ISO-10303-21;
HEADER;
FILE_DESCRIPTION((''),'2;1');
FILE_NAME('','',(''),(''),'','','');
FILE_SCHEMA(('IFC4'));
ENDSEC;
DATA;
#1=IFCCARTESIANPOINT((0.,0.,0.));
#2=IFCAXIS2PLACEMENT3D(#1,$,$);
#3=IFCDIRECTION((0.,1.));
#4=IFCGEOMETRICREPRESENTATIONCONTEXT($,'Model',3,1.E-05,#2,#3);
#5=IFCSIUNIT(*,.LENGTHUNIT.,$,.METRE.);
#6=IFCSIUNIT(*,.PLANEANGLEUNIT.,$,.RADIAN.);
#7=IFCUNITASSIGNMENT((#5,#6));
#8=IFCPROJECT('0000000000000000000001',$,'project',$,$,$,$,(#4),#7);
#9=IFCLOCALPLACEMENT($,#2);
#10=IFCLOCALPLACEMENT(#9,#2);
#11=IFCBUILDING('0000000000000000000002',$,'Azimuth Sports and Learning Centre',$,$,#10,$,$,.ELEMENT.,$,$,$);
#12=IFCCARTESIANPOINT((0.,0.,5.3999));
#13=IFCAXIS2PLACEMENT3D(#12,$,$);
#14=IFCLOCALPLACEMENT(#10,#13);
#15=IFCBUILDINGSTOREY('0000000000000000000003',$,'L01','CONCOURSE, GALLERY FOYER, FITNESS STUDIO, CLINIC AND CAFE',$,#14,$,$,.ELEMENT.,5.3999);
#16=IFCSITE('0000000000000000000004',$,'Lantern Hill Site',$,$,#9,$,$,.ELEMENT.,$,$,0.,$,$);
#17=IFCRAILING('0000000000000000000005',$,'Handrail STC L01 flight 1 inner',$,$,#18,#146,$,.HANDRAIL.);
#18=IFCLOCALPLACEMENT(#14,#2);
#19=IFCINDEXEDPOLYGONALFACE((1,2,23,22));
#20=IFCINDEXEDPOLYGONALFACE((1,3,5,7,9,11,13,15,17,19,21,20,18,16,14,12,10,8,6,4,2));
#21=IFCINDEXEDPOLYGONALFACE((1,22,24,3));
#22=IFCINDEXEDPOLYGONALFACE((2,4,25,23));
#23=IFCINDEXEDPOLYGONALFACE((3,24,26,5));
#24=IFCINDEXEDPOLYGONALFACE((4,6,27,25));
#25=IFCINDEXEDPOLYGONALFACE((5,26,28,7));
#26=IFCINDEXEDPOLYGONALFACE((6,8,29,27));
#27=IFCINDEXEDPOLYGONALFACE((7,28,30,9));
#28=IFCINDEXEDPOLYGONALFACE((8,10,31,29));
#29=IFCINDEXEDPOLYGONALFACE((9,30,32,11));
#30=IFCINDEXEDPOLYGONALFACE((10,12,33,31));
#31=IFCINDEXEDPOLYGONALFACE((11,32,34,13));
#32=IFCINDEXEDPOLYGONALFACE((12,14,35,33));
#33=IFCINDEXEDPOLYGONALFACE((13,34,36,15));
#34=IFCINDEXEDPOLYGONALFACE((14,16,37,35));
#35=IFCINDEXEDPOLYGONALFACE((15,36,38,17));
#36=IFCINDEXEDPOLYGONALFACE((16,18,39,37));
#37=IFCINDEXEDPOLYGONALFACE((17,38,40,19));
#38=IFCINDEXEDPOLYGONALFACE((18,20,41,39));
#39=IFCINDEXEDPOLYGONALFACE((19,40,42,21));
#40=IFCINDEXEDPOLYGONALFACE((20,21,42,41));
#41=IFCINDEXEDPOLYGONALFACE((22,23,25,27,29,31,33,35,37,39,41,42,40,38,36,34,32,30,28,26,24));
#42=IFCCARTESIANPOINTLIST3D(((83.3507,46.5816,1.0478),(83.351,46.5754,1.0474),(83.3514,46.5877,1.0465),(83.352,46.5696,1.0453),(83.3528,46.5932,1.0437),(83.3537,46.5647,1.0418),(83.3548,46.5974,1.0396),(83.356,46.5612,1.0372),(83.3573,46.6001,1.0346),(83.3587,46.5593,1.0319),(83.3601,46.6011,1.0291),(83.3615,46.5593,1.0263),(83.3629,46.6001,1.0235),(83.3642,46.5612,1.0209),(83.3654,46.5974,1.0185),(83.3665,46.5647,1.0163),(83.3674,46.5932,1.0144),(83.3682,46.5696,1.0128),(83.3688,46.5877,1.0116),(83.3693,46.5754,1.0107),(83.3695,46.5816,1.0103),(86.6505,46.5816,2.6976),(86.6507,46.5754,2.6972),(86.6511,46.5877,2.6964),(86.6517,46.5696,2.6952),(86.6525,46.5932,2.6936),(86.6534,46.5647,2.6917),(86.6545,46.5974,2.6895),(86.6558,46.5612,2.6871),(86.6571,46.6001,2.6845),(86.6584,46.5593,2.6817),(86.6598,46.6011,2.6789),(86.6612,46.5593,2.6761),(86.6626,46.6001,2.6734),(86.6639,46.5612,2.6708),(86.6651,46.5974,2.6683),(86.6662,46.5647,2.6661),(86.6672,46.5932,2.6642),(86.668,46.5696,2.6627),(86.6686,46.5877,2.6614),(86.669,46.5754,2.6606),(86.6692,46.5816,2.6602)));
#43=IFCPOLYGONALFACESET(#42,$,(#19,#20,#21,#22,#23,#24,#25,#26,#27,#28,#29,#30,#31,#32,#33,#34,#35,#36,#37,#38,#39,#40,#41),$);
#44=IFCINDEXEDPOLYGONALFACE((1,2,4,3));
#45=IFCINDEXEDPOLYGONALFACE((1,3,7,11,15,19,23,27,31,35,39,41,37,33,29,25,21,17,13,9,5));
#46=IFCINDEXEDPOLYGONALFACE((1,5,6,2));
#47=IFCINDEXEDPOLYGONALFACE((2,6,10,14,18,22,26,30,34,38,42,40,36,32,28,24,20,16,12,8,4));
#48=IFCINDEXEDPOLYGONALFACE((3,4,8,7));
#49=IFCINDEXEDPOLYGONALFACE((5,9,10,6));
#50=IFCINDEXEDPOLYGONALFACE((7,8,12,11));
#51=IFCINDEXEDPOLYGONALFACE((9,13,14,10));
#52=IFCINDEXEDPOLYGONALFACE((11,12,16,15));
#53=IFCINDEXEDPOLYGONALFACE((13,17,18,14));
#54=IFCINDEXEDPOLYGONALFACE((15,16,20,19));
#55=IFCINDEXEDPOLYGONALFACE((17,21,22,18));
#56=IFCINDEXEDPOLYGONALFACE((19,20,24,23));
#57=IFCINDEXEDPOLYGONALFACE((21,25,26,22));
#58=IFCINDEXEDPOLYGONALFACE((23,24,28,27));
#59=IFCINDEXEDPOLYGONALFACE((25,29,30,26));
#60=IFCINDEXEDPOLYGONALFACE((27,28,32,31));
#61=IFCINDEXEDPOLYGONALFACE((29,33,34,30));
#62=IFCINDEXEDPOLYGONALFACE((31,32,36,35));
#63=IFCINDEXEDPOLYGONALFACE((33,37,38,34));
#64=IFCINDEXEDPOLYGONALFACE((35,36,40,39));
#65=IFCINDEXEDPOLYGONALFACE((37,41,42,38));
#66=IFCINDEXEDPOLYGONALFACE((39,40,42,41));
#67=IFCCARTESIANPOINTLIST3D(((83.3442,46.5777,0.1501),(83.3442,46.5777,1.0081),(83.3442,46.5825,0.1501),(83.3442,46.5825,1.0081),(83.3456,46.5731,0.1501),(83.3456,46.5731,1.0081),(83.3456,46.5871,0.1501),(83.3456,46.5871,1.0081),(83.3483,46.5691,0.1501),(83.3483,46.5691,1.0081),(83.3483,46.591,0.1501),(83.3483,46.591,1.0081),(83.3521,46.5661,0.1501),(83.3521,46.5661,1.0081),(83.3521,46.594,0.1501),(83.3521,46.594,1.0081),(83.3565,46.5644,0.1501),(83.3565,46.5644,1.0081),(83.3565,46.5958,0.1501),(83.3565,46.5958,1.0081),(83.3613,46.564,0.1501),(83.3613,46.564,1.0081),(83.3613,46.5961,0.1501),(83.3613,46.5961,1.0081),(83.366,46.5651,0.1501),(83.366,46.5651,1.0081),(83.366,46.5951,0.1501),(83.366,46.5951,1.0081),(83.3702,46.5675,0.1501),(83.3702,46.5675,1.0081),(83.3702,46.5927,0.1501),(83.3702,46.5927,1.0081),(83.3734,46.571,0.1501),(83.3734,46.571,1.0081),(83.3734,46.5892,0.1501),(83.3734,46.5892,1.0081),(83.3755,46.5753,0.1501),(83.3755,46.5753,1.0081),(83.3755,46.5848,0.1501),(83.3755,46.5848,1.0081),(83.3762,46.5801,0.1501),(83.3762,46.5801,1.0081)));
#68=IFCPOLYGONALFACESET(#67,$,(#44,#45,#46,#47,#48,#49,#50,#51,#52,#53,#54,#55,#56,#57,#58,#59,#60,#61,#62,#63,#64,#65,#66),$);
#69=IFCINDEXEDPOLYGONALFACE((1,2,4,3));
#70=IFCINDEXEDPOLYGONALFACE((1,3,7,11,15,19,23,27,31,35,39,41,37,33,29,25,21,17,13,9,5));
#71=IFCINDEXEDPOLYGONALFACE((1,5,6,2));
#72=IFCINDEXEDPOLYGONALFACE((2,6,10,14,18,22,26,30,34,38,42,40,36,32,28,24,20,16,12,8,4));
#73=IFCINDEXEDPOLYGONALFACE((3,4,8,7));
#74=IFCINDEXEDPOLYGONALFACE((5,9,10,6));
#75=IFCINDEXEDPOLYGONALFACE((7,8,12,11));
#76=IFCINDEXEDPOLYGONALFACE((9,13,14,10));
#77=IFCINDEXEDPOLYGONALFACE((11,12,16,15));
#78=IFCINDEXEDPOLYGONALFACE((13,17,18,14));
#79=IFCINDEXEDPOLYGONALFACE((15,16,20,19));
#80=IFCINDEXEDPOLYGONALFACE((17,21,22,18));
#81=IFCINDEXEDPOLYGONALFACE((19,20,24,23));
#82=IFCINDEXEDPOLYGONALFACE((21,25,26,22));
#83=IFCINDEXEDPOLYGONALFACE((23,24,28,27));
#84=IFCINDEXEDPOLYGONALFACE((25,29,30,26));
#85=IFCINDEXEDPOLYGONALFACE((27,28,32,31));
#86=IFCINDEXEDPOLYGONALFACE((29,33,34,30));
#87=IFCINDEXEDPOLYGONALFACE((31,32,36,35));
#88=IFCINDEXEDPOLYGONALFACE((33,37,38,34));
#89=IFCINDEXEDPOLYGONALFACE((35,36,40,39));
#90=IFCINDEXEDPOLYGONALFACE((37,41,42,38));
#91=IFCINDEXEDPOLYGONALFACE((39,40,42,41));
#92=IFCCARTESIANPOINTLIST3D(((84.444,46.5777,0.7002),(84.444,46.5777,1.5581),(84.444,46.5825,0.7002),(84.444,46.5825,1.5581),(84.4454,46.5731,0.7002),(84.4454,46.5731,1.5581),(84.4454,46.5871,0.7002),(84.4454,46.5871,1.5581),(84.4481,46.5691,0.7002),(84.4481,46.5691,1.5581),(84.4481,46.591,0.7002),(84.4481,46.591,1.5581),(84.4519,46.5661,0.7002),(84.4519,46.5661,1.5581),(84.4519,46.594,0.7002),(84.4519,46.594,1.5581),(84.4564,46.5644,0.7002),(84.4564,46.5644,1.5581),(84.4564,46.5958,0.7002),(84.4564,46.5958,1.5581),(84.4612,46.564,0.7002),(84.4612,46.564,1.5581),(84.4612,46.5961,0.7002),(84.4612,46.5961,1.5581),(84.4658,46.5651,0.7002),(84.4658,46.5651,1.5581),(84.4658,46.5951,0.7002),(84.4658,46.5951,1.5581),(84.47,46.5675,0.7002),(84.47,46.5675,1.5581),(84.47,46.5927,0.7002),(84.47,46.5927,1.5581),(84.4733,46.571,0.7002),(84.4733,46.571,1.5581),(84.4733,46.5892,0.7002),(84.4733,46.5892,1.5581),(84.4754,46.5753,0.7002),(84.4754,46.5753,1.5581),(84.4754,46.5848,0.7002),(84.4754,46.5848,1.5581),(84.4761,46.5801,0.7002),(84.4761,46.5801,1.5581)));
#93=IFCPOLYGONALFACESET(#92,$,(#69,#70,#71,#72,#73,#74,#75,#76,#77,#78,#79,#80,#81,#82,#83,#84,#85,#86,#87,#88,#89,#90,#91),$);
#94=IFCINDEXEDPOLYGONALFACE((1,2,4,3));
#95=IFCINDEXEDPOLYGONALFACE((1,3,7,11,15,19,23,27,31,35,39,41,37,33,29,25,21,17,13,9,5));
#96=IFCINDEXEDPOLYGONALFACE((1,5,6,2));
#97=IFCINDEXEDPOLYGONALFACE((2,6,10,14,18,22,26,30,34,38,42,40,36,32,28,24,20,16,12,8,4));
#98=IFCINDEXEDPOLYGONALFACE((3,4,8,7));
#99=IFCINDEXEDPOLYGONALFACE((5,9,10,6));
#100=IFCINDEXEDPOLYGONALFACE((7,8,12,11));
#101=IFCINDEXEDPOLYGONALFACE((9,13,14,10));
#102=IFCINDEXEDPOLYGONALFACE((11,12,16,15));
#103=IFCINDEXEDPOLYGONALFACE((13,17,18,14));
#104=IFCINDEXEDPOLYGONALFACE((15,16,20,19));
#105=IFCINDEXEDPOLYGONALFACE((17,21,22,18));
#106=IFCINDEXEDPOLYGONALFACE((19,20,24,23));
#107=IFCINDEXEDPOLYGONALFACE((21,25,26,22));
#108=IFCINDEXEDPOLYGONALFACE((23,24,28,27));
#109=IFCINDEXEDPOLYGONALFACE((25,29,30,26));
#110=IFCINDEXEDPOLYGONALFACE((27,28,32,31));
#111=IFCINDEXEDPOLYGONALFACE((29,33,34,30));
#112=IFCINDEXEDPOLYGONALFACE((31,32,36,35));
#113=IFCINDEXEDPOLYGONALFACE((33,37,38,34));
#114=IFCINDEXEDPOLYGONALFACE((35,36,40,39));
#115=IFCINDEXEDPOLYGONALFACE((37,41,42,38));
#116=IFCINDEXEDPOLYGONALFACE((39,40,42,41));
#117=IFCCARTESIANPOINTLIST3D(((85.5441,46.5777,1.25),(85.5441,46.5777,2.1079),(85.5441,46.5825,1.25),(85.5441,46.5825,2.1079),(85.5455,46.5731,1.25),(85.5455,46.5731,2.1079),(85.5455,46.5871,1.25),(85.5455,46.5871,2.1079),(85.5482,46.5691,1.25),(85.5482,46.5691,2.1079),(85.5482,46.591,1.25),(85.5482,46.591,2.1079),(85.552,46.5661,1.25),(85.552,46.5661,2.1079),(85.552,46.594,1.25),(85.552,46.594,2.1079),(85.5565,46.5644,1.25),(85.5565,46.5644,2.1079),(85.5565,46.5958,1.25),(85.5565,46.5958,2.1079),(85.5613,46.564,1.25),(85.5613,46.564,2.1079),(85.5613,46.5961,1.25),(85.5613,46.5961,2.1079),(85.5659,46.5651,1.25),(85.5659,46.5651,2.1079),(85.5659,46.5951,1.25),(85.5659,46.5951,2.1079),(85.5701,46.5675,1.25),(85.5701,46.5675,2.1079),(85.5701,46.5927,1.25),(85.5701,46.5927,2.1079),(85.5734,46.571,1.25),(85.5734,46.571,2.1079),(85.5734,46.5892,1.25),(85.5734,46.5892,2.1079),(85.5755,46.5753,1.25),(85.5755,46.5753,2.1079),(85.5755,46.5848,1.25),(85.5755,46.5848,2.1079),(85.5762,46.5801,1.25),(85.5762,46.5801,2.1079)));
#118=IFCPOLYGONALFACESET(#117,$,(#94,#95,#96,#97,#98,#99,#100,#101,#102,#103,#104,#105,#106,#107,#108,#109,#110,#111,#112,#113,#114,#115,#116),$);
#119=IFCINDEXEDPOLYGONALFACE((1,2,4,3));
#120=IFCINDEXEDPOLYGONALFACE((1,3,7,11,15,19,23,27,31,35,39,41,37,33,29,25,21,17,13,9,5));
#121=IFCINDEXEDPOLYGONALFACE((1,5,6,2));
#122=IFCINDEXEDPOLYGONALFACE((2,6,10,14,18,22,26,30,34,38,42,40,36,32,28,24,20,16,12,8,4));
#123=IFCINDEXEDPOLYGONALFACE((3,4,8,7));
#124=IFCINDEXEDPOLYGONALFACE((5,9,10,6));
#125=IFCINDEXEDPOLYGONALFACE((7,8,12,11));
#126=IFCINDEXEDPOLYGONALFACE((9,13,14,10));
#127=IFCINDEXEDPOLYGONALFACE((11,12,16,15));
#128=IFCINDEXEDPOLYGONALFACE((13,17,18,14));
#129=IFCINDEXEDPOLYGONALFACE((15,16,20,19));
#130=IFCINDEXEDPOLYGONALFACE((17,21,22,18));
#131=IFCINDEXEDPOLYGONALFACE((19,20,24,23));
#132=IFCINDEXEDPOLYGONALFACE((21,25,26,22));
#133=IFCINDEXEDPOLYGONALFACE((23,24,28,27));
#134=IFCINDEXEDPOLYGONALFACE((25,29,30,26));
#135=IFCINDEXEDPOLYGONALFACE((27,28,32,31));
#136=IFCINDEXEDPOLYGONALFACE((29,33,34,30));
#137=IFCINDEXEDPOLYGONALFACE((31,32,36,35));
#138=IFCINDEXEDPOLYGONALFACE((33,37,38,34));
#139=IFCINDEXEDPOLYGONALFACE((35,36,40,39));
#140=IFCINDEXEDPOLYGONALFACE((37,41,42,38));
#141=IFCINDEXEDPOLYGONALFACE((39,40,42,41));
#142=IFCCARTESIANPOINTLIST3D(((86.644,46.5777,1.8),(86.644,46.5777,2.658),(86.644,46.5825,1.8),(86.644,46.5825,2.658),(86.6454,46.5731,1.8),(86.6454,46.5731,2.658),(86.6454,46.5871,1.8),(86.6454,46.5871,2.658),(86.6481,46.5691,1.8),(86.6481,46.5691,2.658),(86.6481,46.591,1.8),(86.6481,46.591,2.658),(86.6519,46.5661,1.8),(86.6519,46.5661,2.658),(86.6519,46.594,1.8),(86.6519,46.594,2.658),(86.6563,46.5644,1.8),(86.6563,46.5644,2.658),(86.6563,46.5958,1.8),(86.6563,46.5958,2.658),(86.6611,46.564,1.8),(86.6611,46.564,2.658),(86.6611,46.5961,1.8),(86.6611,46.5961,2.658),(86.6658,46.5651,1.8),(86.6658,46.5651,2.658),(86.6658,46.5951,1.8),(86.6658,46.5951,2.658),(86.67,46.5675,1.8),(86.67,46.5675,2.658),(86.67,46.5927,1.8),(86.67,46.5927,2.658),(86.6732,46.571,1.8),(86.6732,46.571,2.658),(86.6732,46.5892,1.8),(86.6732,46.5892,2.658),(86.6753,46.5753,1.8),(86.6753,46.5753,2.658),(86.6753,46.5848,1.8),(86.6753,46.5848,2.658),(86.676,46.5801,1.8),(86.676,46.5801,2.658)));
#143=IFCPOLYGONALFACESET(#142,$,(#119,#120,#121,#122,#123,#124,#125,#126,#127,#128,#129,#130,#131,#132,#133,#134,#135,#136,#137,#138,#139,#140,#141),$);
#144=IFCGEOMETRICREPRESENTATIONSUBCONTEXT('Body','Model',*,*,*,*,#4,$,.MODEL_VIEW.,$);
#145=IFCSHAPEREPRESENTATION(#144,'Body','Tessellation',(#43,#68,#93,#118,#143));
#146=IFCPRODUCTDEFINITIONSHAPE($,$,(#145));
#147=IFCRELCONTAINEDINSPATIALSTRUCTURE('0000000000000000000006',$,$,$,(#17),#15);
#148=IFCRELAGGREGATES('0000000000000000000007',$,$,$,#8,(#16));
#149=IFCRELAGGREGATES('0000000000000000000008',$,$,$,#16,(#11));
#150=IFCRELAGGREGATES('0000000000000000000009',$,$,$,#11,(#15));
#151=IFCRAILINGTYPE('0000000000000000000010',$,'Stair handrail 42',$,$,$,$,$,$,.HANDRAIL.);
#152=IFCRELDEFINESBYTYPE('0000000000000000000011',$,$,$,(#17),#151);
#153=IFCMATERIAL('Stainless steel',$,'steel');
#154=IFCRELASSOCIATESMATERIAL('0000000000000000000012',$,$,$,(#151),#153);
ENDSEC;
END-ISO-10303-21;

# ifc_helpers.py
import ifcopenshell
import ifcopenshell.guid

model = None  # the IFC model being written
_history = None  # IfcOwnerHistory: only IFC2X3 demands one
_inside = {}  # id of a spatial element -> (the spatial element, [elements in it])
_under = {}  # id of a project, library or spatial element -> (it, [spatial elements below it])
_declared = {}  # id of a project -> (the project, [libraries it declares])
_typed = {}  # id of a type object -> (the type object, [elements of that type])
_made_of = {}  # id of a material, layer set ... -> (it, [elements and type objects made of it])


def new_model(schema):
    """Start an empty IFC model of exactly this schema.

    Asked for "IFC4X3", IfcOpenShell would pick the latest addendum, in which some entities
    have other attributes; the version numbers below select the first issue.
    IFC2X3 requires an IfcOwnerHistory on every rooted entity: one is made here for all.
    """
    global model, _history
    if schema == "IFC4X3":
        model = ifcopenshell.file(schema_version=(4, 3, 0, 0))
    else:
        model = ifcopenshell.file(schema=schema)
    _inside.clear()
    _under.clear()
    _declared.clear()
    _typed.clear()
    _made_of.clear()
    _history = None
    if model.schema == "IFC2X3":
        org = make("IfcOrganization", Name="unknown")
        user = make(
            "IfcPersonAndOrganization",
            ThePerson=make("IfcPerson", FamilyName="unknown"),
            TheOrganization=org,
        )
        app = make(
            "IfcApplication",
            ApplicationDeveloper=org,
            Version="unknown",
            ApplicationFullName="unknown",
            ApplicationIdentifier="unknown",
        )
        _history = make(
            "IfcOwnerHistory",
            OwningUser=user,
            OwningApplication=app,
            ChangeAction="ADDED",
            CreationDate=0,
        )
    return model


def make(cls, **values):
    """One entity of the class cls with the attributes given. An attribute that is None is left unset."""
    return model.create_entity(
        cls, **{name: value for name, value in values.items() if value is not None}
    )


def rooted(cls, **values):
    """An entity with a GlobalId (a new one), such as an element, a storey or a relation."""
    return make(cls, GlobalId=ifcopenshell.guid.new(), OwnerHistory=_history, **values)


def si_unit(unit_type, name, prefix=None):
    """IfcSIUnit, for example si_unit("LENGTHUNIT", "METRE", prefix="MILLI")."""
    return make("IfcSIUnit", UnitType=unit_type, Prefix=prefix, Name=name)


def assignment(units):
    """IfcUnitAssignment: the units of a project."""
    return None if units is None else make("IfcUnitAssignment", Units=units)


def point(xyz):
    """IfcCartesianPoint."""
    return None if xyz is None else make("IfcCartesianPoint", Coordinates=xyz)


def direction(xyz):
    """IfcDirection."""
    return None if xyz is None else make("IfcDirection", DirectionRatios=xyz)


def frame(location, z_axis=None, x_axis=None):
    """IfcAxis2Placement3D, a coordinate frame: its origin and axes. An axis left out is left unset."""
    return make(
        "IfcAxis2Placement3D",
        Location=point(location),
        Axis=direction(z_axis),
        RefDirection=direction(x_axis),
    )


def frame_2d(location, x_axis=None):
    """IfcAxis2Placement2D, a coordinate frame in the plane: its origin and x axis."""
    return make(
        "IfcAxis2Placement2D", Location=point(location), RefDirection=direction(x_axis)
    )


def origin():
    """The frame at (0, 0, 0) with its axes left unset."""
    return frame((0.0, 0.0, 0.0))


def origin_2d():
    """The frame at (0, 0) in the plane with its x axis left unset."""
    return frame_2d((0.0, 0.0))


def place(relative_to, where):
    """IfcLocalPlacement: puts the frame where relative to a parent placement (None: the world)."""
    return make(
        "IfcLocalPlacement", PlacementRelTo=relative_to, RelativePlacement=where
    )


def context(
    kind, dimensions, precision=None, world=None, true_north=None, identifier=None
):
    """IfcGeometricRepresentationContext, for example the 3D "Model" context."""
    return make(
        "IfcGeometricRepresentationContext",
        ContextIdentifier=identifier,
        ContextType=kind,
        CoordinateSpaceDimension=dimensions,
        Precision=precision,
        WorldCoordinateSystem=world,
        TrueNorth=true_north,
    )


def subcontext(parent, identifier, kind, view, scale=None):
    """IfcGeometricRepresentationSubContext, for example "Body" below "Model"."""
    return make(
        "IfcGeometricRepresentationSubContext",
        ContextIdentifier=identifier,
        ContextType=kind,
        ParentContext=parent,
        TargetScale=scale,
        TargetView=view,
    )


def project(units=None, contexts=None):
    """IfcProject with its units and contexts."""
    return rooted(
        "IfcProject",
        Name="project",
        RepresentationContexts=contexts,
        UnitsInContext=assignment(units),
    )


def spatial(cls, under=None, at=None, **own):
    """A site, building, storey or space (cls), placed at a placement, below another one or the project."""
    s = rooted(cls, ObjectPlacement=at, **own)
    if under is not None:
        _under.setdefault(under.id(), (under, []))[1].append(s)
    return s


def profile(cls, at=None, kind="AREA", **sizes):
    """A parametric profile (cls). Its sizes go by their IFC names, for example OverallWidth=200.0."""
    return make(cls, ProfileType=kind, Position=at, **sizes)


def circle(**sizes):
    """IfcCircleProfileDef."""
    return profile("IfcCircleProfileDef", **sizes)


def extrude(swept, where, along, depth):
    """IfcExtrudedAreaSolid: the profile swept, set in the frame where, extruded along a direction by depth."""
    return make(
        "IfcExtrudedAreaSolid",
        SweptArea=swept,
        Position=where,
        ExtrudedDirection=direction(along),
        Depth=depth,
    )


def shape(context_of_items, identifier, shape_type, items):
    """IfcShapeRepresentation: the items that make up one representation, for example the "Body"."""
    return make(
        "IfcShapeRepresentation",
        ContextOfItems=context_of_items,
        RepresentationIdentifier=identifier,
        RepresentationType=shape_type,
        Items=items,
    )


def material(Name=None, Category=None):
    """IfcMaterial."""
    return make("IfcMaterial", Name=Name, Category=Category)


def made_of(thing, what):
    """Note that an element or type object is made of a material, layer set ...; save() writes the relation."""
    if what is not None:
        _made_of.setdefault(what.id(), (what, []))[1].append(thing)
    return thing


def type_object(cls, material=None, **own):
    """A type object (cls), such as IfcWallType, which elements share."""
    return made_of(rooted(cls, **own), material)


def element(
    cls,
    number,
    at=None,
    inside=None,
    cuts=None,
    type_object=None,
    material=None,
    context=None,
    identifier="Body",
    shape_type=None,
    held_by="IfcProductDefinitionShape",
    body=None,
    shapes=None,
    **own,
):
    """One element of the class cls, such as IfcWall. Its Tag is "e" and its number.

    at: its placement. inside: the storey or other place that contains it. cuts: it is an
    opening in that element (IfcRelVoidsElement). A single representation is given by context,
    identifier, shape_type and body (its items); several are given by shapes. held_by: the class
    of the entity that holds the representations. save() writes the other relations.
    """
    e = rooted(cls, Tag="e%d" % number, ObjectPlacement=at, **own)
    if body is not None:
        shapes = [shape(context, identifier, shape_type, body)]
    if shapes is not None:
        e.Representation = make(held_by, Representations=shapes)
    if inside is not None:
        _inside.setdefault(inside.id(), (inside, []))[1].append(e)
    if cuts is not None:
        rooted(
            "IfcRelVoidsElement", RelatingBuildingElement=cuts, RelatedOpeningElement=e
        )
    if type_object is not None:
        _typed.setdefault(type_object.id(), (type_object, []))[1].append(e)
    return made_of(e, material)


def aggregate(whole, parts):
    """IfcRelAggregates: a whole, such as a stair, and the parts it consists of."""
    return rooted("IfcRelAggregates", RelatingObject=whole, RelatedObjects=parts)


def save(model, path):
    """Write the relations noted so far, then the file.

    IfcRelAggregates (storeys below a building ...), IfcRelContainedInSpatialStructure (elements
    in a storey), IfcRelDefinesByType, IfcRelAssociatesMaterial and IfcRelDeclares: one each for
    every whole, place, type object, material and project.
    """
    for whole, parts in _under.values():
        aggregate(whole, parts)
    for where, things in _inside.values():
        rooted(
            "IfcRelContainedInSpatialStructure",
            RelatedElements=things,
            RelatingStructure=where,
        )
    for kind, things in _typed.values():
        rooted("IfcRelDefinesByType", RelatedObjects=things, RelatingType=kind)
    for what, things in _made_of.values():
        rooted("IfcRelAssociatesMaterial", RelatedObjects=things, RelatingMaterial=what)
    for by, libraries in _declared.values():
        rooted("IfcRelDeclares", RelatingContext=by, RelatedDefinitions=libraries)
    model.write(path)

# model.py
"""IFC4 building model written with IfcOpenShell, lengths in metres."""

from ifc_helpers import new_model, si_unit, direction, frame, origin, origin_2d, place, context, subcontext, project, spatial, circle, extrude, material, type_object, element, save


model = new_model("IFC4")

# Units and contexts
model_context = context("Model", 3, precision=1e-05, world=origin(), true_north=direction((0.0, 1.0)))
body_context = subcontext(model_context, "Body", "Model", "MODEL_VIEW")
ifc_project = project(units=[si_unit("LENGTHUNIT", "METRE"), si_unit("PLANEANGLEUNIT", "RADIAN")], contexts=[model_context])

# Site, building, storey
site_placement = place(None, origin())
site = spatial("IfcSite", under=ifc_project, at=site_placement, Name="Lantern Hill Site", CompositionType="ELEMENT", RefElevation=0.0)
building_placement = place(site_placement, origin())
building = spatial("IfcBuilding", under=site, at=building_placement, Name="Azimuth Sports and Learning Centre", CompositionType="ELEMENT")
storey_placement = place(building_placement, frame((0.0, 0.0, 5.3999)))
storey = spatial("IfcBuildingStorey", under=building, at=storey_placement, Name="L01", Description="CONCOURSE, GALLERY FOYER, FITNESS STUDIO, CLINIC AND CAFE", CompositionType="ELEMENT", Elevation=5.3999)

# Railing
ifc_material_1 = material(Name="Stainless steel", Category="steel")
railing_type = type_object("IfcRailingType", Name="Stair handrail 42", PredefinedType="HANDRAIL", material=ifc_material_1)
for number, where, name in (
    (1, (83.3601, 46.5801, 0.1501), "Handrail STC L01 flight 1 inner"),
):
    element("IfcRailing", number, at=place(storey_placement, frame(where)), inside=storey, type_object=railing_type, Name=name, PredefinedType="HANDRAIL", context=body_context, shape_type="SweptSolid", body=[
        extrude(circle(Radius=0.021, at=origin_2d()), frame((0.0, 0.0, 0.8789), z_axis=(0.894427, 0.0, 0.447214), x_axis=(0.0, 1.0, 0.0)), (0.0, 0.0, 1.0), 3.6892),
        extrude(circle(Radius=0.0161, at=origin_2d()), origin(), (0.0, 0.0, 1.0), 0.8579),
        extrude(circle(Radius=0.0161, at=origin_2d()), frame((1.0999, 0.0, 0.55)), (0.0, 0.0, 1.0), 0.8579),
        extrude(circle(Radius=0.0161, at=origin_2d()), frame((2.2, 0.0, 1.0999)), (0.0, 0.0, 1.0), 0.8579),
        extrude(circle(Radius=0.0161, at=origin_2d()), frame((3.2998, 0.0, 1.6499)), (0.0, 0.0, 1.0), 0.8579),
    ])

save(model, "model.ifc")
